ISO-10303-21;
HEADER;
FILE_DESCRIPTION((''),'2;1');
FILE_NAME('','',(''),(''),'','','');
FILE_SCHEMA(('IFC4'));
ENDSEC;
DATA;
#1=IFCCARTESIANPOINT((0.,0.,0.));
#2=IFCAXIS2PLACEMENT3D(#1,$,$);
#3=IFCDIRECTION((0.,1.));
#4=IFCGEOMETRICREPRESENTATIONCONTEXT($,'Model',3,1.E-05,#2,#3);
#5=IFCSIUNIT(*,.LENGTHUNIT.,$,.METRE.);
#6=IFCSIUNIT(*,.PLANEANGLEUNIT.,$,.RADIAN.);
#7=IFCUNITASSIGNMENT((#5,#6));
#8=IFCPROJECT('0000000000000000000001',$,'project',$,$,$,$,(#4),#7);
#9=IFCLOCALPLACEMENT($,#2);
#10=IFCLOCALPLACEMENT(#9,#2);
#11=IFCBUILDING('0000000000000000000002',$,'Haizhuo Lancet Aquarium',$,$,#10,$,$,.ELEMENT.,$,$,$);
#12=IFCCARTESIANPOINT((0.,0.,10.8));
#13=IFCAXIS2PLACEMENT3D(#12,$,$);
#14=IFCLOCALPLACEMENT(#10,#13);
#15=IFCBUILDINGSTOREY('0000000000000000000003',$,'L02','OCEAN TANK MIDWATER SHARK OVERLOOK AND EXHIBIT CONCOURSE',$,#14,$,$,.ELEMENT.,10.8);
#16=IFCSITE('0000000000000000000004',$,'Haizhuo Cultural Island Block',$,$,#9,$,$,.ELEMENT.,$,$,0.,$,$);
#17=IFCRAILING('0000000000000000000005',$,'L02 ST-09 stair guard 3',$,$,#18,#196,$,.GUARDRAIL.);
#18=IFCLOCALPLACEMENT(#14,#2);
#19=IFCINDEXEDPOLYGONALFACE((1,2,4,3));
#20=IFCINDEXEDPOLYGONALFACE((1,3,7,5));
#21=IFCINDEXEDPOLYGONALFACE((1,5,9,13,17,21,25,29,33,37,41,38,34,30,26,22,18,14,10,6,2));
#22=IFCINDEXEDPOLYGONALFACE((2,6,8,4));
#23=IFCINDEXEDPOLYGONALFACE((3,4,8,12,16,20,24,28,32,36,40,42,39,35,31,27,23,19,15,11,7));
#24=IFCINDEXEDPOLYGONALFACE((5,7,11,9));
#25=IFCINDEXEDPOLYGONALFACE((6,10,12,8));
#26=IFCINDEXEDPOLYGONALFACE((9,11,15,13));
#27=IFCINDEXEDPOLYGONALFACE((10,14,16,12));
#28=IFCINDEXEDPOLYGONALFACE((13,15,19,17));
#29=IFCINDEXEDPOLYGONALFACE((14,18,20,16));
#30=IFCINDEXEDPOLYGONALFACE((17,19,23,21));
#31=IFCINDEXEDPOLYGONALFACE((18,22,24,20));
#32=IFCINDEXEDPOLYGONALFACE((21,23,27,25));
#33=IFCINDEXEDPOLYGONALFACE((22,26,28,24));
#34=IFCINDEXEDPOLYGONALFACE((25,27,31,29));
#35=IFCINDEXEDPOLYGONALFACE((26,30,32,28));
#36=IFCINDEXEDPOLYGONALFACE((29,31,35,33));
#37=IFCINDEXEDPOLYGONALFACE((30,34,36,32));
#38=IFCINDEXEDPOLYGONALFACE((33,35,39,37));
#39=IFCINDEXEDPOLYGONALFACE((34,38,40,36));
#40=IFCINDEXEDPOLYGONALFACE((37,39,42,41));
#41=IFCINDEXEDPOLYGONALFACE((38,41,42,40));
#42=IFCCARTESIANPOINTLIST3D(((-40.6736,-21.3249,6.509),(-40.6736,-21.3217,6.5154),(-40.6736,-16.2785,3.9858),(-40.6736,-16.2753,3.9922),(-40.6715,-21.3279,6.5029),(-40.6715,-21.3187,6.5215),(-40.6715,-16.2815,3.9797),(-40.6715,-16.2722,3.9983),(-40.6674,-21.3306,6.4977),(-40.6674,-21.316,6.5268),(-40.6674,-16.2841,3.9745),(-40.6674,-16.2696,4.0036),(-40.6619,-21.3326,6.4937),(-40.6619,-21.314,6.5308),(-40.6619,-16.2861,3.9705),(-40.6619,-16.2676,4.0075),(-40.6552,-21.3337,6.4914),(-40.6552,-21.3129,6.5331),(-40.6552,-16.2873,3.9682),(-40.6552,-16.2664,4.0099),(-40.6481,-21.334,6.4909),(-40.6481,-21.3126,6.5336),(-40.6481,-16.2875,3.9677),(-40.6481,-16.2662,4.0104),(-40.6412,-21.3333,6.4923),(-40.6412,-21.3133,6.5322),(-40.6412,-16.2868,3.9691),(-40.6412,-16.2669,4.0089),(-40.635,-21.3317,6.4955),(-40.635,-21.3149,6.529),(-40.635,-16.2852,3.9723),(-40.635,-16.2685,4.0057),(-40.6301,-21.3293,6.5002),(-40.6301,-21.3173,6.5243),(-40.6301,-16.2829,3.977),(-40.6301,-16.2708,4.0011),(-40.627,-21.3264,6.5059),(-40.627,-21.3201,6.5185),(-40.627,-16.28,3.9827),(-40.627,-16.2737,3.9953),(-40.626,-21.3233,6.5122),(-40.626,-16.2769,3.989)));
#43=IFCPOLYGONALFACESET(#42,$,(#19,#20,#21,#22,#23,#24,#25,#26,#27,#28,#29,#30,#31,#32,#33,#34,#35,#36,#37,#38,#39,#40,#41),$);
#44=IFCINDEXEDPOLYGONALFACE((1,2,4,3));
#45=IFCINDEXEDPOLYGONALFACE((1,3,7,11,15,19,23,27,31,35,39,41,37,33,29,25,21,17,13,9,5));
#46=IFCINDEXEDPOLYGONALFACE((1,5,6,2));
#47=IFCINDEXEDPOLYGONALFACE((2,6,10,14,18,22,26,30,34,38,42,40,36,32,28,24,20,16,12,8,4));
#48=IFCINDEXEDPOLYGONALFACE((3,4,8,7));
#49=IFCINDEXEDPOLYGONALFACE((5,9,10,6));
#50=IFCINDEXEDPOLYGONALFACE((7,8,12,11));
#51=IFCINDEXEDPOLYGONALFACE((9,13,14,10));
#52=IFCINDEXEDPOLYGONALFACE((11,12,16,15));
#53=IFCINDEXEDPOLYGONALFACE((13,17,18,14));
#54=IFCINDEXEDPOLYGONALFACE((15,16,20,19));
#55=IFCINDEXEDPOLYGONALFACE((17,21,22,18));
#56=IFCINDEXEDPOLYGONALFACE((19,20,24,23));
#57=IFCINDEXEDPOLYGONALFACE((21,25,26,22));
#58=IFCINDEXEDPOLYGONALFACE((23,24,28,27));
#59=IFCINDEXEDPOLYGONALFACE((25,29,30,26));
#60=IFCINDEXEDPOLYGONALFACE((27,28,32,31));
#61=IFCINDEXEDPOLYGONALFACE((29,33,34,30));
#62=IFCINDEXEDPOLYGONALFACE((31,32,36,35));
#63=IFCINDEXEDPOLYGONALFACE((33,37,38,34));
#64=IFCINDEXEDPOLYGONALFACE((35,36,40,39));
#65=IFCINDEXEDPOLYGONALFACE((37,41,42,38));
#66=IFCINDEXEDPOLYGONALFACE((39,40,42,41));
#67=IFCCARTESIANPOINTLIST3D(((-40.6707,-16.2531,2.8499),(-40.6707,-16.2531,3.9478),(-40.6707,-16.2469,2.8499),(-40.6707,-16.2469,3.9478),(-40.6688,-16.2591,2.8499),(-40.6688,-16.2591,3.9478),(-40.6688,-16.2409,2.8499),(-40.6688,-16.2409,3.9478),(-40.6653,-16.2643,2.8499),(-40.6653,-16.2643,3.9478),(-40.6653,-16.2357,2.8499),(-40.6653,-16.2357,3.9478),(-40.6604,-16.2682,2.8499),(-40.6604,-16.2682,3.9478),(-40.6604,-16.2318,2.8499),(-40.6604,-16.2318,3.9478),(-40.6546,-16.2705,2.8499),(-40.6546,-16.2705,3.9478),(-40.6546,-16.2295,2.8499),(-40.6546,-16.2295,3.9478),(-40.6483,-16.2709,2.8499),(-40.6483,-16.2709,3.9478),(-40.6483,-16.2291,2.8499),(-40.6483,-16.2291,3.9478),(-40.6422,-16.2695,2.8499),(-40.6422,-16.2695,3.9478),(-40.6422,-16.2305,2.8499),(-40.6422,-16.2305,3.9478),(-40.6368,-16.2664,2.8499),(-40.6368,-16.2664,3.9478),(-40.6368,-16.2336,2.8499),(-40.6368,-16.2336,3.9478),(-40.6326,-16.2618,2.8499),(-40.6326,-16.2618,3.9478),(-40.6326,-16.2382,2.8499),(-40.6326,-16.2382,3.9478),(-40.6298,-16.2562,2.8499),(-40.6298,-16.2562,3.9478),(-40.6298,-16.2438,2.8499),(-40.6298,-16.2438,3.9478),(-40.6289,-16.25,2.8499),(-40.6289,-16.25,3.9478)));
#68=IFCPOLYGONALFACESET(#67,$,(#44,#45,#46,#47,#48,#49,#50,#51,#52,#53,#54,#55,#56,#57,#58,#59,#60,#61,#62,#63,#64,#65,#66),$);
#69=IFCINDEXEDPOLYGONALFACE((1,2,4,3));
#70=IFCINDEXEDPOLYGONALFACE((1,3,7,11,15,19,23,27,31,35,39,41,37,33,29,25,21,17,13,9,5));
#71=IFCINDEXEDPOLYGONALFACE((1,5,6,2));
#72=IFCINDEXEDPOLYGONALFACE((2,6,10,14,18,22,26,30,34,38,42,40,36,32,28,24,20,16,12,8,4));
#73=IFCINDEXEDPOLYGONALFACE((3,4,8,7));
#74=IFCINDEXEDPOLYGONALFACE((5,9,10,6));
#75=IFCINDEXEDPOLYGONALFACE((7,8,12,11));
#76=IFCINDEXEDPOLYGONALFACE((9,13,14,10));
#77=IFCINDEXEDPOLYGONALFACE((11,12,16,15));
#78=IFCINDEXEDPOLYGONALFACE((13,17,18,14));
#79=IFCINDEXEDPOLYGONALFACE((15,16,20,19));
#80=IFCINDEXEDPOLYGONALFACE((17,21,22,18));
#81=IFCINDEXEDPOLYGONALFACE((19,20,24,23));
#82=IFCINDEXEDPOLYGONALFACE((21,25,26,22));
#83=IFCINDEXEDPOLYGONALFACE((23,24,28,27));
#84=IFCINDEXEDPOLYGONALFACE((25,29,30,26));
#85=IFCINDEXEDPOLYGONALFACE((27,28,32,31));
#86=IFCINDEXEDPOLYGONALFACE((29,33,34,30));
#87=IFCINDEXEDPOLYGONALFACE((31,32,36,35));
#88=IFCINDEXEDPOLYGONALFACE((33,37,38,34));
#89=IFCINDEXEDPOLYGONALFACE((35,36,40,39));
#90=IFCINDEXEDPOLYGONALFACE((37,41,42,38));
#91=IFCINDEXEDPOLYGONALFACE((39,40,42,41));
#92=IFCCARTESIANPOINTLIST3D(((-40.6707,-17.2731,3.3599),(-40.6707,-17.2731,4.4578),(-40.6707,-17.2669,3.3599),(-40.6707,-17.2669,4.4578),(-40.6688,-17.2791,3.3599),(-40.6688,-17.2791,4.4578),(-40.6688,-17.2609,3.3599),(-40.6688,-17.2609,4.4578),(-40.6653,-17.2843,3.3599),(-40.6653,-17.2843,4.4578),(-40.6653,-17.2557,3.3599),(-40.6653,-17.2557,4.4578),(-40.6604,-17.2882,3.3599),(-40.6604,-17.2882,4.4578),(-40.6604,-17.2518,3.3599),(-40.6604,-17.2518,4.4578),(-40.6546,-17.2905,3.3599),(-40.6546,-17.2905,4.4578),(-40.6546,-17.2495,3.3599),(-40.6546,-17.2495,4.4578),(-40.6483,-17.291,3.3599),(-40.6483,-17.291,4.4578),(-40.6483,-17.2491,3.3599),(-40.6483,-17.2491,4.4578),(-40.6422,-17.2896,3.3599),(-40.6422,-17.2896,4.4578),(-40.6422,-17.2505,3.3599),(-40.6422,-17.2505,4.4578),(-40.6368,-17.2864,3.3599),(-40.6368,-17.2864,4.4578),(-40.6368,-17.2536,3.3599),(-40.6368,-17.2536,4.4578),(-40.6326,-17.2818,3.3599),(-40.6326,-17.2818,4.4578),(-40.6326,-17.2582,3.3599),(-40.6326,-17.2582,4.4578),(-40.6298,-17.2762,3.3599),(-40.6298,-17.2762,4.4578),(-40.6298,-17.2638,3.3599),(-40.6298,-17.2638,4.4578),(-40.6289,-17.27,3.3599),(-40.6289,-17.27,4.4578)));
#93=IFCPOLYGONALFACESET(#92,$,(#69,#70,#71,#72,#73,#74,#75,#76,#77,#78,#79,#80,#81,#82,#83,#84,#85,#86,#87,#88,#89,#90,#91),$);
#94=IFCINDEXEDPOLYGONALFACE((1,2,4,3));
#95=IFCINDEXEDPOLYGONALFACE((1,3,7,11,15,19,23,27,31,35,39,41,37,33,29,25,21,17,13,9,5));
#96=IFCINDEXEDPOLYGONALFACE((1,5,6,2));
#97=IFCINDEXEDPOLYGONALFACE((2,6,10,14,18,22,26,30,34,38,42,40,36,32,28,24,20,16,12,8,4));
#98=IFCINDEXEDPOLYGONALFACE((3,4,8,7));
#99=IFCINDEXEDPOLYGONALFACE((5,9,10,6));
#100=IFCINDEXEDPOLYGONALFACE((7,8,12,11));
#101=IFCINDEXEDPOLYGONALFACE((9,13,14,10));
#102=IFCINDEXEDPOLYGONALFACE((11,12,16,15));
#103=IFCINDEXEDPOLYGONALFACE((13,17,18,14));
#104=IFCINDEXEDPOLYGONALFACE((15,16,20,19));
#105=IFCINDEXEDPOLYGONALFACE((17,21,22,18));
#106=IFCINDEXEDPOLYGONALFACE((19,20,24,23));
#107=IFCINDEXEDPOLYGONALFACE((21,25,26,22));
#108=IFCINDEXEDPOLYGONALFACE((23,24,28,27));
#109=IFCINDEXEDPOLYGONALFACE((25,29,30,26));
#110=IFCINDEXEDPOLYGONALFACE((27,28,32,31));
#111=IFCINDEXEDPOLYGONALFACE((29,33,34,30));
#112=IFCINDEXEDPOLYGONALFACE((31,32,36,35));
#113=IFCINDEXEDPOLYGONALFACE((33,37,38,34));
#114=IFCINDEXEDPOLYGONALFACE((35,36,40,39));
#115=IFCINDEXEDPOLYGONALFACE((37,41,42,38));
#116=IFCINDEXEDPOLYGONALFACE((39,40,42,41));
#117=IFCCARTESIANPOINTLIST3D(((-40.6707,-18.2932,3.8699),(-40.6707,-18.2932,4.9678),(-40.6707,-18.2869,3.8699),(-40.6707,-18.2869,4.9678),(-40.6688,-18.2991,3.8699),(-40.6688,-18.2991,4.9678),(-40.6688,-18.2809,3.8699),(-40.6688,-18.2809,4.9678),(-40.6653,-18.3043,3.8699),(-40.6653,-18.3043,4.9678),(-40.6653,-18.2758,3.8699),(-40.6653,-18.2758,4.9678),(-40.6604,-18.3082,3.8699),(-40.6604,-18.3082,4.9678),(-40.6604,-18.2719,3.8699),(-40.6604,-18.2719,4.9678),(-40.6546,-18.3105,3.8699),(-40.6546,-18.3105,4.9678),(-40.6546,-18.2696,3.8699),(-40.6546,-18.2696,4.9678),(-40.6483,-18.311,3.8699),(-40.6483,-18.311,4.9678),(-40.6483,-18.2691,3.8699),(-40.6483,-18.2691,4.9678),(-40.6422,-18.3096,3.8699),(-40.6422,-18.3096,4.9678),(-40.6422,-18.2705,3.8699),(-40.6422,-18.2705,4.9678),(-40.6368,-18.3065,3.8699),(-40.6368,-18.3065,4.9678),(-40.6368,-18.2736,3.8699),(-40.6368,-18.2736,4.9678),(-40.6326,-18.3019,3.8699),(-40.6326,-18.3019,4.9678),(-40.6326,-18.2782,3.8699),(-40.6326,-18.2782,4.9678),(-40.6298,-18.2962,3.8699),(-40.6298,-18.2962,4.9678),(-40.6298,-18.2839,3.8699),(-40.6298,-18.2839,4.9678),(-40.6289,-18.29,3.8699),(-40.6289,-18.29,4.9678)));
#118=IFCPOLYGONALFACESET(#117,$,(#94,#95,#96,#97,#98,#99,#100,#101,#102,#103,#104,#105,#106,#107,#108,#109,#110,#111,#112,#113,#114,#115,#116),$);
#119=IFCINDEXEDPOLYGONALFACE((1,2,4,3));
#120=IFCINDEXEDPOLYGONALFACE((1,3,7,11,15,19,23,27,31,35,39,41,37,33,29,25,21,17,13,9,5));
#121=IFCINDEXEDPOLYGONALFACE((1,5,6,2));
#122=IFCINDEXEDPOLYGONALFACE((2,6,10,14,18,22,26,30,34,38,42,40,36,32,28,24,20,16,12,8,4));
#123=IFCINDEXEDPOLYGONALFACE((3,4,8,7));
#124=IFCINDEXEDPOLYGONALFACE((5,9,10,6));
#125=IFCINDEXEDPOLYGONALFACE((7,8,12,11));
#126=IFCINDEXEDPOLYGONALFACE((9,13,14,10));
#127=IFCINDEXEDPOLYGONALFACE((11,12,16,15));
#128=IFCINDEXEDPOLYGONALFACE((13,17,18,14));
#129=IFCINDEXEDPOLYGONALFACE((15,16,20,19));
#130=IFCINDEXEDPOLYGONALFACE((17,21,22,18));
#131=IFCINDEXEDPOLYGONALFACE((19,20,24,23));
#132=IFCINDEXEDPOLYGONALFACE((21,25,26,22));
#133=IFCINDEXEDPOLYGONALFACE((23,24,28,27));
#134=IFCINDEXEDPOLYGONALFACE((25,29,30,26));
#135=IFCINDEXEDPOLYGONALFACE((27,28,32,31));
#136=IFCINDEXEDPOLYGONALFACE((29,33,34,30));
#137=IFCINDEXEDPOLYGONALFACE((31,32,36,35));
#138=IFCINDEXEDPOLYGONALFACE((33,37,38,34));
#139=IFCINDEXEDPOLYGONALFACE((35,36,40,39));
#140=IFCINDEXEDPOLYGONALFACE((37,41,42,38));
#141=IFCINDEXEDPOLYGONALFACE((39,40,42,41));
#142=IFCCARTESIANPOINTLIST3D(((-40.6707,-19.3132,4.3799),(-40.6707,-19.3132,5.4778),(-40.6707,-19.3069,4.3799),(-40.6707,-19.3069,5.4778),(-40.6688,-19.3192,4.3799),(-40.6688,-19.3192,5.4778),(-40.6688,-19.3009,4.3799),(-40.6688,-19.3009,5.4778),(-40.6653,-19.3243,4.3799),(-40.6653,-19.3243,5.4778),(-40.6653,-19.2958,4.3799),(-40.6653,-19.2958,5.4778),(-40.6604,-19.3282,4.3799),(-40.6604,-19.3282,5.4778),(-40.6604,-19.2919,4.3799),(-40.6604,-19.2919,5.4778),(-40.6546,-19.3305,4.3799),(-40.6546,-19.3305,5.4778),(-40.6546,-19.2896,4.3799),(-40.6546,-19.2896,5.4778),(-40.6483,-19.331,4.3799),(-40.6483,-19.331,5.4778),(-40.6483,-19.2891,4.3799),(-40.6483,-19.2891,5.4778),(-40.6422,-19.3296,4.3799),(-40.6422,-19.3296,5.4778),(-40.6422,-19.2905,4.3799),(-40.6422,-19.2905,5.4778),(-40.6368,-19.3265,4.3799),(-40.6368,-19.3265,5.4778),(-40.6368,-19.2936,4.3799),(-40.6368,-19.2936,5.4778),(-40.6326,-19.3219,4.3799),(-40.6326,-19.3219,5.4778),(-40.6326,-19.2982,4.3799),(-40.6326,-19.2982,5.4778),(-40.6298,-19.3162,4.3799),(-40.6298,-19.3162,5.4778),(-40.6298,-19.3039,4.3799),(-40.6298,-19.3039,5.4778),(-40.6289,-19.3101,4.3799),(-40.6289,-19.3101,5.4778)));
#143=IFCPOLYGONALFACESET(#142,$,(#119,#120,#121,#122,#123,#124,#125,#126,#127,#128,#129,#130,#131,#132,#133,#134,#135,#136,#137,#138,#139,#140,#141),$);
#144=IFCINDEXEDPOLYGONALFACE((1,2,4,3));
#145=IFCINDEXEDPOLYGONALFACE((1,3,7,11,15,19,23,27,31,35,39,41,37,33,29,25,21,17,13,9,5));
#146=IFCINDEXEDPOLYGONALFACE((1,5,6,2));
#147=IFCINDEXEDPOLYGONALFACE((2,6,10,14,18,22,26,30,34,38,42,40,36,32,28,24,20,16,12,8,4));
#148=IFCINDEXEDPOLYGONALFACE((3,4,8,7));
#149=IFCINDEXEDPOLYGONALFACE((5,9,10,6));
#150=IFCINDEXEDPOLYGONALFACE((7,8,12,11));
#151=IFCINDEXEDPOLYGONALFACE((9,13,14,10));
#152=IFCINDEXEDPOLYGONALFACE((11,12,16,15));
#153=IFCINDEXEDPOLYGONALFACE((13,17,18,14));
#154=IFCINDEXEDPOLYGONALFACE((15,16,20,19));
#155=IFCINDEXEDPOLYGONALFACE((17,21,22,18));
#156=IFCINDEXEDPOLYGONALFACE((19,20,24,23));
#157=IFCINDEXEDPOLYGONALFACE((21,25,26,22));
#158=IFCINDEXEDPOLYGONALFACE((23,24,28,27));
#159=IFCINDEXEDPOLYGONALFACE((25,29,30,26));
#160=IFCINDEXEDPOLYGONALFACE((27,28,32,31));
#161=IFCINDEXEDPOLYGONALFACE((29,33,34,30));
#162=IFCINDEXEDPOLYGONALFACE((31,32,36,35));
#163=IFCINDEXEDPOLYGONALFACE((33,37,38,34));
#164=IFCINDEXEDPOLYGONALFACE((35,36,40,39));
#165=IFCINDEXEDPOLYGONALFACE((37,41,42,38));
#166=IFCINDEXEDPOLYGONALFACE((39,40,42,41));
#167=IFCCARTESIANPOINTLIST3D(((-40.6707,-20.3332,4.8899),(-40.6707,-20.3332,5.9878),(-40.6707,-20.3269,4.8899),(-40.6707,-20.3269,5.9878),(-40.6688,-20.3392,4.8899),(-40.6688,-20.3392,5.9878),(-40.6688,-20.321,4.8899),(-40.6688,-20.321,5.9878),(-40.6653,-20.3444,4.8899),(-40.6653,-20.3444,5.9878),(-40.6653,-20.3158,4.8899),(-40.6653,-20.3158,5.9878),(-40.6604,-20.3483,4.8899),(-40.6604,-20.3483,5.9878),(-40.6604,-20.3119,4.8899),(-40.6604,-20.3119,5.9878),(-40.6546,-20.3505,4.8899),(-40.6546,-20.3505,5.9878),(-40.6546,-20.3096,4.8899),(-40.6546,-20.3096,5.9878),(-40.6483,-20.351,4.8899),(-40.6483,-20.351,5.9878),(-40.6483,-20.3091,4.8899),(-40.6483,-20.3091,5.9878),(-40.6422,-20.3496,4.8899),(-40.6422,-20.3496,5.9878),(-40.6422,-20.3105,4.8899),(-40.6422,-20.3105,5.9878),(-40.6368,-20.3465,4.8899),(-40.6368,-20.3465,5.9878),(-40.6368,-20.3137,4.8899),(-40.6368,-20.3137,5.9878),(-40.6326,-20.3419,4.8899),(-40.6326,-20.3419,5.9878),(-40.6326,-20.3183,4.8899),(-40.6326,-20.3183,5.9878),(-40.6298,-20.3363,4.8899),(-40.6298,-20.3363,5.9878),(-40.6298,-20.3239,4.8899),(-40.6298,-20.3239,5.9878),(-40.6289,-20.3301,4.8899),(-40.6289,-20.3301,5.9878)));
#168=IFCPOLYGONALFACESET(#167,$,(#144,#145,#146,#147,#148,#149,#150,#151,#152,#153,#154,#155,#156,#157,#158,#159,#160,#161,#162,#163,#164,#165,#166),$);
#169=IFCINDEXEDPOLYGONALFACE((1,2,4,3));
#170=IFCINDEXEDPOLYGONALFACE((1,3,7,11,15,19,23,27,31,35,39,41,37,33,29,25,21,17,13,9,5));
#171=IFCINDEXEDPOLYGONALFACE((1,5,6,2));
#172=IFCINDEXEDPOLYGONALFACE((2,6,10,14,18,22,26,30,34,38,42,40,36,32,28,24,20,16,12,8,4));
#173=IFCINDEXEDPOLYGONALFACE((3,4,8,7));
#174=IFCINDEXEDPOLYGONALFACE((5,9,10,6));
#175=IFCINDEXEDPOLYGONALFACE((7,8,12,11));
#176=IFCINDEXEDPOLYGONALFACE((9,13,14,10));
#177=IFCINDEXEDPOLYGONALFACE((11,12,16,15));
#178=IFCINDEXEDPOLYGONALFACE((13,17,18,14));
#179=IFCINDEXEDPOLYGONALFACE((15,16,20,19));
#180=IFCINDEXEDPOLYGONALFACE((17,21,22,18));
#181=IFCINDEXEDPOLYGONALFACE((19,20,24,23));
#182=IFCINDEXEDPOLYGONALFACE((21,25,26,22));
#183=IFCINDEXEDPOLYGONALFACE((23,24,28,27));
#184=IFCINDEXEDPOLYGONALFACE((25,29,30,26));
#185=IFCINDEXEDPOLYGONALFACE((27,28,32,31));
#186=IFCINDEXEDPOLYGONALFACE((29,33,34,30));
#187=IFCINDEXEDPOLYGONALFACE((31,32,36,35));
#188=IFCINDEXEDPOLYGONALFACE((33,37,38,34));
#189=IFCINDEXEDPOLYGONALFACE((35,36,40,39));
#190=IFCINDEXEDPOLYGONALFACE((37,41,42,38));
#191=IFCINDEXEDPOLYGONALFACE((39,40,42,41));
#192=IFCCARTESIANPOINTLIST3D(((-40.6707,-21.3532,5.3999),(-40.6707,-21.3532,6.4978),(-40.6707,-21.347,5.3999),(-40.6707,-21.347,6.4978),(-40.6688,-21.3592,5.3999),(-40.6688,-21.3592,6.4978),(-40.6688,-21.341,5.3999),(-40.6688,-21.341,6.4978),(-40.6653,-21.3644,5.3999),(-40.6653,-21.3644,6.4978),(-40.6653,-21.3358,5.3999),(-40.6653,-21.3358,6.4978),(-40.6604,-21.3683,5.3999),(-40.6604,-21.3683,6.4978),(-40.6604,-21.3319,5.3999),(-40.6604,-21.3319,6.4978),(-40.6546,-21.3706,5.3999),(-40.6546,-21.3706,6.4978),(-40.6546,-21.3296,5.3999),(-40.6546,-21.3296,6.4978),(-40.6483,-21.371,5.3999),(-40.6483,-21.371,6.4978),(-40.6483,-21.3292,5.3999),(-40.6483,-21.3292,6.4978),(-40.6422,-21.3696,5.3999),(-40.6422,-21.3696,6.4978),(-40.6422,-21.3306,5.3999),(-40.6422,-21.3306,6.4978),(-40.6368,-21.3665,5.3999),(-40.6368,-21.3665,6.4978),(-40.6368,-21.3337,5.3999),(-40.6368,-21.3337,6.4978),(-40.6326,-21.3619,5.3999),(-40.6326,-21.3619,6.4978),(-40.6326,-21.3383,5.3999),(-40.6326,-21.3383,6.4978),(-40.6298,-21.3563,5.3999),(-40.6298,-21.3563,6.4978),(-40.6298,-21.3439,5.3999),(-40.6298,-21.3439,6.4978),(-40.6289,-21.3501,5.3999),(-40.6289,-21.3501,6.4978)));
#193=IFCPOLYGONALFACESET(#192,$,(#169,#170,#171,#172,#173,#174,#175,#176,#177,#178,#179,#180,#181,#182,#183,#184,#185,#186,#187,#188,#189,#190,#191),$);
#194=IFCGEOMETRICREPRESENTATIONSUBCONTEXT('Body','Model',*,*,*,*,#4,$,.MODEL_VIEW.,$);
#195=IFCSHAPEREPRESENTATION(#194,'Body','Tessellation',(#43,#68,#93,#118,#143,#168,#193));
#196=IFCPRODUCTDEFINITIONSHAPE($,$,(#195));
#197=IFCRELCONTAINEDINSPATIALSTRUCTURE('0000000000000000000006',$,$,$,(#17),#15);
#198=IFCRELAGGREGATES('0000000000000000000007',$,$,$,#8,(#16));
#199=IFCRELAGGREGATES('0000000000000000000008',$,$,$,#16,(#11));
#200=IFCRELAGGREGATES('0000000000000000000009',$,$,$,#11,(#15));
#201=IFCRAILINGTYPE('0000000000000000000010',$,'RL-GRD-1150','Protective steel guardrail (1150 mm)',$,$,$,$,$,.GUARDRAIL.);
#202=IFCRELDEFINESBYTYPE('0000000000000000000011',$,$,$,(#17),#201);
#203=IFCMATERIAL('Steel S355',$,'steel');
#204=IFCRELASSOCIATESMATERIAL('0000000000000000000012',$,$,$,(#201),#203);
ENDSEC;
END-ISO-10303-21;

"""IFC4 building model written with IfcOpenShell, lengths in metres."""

from ifc_helpers import new_model, si_unit, direction, frame, origin, origin_2d, place, context, subcontext, project, spatial, circle, extrude, material, type_object, element, save


model = new_model("IFC4")

# Units and contexts
model_context = context("Model", 3, precision=1e-05, world=origin(), true_north=direction((0.0, 1.0)))
body_context = subcontext(model_context, "Body", "Model", "MODEL_VIEW")
ifc_project = project(units=[si_unit("LENGTHUNIT", "METRE"), si_unit("PLANEANGLEUNIT", "RADIAN")], contexts=[model_context])

# Site, building, storey
site_placement = place(None, origin())
site = spatial("IfcSite", under=ifc_project, at=site_placement, Name="Haizhuo Cultural Island Block", CompositionType="ELEMENT", RefElevation=0.0)
building_placement = place(site_placement, origin())
building = spatial("IfcBuilding", under=site, at=building_placement, Name="Haizhuo Lancet Aquarium", CompositionType="ELEMENT")
storey_placement = place(building_placement, frame((0.0, 0.0, 10.8)))
storey = spatial("IfcBuildingStorey", under=building, at=storey_placement, Name="L02", Description="OCEAN TANK MIDWATER SHARK OVERLOOK AND EXHIBIT CONCOURSE", CompositionType="ELEMENT", Elevation=10.8)

# Shared definitions
ifc_material_1 = material(Name="Steel S355", Category="steel")

# Railing
railing_type_1 = type_object("IfcRailingType", Name="RL-GRD-1150", Description="Protective steel guardrail (1150 mm)", PredefinedType="GUARDRAIL", material=ifc_material_1)
railing_1_placement = place(storey_placement, frame((-40.6499, -16.25, 2.8499)))
element("IfcRailing", 1, at=railing_1_placement, inside=storey, type_object=railing_type_1, Name="L02 ST-09 stair guard 3", PredefinedType="GUARDRAIL", context=body_context, shape_type="SweptSolid", body=[
    extrude(circle(Radius=0.0239, at=origin_2d()), frame((0.0, -0.0269, 1.1392), z_axis=(0.0, -0.894427, 0.447214), x_axis=(1.0, 0.0, 0.0)), (0.0, 0.0, 1.0), 5.6421),
    extrude(circle(Radius=0.021, at=origin_2d()), origin(), (0.0, 0.0, 1.0), 1.0979),
    extrude(circle(Radius=0.021, at=origin_2d()), frame((0.0, -1.02, 0.51)), (0.0, 0.0, 1.0), 1.0979),
    extrude(circle(Radius=0.021, at=origin_2d()), frame((0.0, -2.04, 1.02)), (0.0, 0.0, 1.0), 1.0979),
    extrude(circle(Radius=0.021, at=origin_2d()), frame((0.0, -3.0601, 1.53)), (0.0, 0.0, 1.0), 1.0979),
    extrude(circle(Radius=0.021, at=origin_2d()), frame((0.0, -4.0801, 2.04)), (0.0, 0.0, 1.0), 1.0979),
    extrude(circle(Radius=0.021, at=origin_2d()), frame((0.0, -5.1001, 2.55)), (0.0, 0.0, 1.0), 1.0979),
])

save(model, "model.ifc")
